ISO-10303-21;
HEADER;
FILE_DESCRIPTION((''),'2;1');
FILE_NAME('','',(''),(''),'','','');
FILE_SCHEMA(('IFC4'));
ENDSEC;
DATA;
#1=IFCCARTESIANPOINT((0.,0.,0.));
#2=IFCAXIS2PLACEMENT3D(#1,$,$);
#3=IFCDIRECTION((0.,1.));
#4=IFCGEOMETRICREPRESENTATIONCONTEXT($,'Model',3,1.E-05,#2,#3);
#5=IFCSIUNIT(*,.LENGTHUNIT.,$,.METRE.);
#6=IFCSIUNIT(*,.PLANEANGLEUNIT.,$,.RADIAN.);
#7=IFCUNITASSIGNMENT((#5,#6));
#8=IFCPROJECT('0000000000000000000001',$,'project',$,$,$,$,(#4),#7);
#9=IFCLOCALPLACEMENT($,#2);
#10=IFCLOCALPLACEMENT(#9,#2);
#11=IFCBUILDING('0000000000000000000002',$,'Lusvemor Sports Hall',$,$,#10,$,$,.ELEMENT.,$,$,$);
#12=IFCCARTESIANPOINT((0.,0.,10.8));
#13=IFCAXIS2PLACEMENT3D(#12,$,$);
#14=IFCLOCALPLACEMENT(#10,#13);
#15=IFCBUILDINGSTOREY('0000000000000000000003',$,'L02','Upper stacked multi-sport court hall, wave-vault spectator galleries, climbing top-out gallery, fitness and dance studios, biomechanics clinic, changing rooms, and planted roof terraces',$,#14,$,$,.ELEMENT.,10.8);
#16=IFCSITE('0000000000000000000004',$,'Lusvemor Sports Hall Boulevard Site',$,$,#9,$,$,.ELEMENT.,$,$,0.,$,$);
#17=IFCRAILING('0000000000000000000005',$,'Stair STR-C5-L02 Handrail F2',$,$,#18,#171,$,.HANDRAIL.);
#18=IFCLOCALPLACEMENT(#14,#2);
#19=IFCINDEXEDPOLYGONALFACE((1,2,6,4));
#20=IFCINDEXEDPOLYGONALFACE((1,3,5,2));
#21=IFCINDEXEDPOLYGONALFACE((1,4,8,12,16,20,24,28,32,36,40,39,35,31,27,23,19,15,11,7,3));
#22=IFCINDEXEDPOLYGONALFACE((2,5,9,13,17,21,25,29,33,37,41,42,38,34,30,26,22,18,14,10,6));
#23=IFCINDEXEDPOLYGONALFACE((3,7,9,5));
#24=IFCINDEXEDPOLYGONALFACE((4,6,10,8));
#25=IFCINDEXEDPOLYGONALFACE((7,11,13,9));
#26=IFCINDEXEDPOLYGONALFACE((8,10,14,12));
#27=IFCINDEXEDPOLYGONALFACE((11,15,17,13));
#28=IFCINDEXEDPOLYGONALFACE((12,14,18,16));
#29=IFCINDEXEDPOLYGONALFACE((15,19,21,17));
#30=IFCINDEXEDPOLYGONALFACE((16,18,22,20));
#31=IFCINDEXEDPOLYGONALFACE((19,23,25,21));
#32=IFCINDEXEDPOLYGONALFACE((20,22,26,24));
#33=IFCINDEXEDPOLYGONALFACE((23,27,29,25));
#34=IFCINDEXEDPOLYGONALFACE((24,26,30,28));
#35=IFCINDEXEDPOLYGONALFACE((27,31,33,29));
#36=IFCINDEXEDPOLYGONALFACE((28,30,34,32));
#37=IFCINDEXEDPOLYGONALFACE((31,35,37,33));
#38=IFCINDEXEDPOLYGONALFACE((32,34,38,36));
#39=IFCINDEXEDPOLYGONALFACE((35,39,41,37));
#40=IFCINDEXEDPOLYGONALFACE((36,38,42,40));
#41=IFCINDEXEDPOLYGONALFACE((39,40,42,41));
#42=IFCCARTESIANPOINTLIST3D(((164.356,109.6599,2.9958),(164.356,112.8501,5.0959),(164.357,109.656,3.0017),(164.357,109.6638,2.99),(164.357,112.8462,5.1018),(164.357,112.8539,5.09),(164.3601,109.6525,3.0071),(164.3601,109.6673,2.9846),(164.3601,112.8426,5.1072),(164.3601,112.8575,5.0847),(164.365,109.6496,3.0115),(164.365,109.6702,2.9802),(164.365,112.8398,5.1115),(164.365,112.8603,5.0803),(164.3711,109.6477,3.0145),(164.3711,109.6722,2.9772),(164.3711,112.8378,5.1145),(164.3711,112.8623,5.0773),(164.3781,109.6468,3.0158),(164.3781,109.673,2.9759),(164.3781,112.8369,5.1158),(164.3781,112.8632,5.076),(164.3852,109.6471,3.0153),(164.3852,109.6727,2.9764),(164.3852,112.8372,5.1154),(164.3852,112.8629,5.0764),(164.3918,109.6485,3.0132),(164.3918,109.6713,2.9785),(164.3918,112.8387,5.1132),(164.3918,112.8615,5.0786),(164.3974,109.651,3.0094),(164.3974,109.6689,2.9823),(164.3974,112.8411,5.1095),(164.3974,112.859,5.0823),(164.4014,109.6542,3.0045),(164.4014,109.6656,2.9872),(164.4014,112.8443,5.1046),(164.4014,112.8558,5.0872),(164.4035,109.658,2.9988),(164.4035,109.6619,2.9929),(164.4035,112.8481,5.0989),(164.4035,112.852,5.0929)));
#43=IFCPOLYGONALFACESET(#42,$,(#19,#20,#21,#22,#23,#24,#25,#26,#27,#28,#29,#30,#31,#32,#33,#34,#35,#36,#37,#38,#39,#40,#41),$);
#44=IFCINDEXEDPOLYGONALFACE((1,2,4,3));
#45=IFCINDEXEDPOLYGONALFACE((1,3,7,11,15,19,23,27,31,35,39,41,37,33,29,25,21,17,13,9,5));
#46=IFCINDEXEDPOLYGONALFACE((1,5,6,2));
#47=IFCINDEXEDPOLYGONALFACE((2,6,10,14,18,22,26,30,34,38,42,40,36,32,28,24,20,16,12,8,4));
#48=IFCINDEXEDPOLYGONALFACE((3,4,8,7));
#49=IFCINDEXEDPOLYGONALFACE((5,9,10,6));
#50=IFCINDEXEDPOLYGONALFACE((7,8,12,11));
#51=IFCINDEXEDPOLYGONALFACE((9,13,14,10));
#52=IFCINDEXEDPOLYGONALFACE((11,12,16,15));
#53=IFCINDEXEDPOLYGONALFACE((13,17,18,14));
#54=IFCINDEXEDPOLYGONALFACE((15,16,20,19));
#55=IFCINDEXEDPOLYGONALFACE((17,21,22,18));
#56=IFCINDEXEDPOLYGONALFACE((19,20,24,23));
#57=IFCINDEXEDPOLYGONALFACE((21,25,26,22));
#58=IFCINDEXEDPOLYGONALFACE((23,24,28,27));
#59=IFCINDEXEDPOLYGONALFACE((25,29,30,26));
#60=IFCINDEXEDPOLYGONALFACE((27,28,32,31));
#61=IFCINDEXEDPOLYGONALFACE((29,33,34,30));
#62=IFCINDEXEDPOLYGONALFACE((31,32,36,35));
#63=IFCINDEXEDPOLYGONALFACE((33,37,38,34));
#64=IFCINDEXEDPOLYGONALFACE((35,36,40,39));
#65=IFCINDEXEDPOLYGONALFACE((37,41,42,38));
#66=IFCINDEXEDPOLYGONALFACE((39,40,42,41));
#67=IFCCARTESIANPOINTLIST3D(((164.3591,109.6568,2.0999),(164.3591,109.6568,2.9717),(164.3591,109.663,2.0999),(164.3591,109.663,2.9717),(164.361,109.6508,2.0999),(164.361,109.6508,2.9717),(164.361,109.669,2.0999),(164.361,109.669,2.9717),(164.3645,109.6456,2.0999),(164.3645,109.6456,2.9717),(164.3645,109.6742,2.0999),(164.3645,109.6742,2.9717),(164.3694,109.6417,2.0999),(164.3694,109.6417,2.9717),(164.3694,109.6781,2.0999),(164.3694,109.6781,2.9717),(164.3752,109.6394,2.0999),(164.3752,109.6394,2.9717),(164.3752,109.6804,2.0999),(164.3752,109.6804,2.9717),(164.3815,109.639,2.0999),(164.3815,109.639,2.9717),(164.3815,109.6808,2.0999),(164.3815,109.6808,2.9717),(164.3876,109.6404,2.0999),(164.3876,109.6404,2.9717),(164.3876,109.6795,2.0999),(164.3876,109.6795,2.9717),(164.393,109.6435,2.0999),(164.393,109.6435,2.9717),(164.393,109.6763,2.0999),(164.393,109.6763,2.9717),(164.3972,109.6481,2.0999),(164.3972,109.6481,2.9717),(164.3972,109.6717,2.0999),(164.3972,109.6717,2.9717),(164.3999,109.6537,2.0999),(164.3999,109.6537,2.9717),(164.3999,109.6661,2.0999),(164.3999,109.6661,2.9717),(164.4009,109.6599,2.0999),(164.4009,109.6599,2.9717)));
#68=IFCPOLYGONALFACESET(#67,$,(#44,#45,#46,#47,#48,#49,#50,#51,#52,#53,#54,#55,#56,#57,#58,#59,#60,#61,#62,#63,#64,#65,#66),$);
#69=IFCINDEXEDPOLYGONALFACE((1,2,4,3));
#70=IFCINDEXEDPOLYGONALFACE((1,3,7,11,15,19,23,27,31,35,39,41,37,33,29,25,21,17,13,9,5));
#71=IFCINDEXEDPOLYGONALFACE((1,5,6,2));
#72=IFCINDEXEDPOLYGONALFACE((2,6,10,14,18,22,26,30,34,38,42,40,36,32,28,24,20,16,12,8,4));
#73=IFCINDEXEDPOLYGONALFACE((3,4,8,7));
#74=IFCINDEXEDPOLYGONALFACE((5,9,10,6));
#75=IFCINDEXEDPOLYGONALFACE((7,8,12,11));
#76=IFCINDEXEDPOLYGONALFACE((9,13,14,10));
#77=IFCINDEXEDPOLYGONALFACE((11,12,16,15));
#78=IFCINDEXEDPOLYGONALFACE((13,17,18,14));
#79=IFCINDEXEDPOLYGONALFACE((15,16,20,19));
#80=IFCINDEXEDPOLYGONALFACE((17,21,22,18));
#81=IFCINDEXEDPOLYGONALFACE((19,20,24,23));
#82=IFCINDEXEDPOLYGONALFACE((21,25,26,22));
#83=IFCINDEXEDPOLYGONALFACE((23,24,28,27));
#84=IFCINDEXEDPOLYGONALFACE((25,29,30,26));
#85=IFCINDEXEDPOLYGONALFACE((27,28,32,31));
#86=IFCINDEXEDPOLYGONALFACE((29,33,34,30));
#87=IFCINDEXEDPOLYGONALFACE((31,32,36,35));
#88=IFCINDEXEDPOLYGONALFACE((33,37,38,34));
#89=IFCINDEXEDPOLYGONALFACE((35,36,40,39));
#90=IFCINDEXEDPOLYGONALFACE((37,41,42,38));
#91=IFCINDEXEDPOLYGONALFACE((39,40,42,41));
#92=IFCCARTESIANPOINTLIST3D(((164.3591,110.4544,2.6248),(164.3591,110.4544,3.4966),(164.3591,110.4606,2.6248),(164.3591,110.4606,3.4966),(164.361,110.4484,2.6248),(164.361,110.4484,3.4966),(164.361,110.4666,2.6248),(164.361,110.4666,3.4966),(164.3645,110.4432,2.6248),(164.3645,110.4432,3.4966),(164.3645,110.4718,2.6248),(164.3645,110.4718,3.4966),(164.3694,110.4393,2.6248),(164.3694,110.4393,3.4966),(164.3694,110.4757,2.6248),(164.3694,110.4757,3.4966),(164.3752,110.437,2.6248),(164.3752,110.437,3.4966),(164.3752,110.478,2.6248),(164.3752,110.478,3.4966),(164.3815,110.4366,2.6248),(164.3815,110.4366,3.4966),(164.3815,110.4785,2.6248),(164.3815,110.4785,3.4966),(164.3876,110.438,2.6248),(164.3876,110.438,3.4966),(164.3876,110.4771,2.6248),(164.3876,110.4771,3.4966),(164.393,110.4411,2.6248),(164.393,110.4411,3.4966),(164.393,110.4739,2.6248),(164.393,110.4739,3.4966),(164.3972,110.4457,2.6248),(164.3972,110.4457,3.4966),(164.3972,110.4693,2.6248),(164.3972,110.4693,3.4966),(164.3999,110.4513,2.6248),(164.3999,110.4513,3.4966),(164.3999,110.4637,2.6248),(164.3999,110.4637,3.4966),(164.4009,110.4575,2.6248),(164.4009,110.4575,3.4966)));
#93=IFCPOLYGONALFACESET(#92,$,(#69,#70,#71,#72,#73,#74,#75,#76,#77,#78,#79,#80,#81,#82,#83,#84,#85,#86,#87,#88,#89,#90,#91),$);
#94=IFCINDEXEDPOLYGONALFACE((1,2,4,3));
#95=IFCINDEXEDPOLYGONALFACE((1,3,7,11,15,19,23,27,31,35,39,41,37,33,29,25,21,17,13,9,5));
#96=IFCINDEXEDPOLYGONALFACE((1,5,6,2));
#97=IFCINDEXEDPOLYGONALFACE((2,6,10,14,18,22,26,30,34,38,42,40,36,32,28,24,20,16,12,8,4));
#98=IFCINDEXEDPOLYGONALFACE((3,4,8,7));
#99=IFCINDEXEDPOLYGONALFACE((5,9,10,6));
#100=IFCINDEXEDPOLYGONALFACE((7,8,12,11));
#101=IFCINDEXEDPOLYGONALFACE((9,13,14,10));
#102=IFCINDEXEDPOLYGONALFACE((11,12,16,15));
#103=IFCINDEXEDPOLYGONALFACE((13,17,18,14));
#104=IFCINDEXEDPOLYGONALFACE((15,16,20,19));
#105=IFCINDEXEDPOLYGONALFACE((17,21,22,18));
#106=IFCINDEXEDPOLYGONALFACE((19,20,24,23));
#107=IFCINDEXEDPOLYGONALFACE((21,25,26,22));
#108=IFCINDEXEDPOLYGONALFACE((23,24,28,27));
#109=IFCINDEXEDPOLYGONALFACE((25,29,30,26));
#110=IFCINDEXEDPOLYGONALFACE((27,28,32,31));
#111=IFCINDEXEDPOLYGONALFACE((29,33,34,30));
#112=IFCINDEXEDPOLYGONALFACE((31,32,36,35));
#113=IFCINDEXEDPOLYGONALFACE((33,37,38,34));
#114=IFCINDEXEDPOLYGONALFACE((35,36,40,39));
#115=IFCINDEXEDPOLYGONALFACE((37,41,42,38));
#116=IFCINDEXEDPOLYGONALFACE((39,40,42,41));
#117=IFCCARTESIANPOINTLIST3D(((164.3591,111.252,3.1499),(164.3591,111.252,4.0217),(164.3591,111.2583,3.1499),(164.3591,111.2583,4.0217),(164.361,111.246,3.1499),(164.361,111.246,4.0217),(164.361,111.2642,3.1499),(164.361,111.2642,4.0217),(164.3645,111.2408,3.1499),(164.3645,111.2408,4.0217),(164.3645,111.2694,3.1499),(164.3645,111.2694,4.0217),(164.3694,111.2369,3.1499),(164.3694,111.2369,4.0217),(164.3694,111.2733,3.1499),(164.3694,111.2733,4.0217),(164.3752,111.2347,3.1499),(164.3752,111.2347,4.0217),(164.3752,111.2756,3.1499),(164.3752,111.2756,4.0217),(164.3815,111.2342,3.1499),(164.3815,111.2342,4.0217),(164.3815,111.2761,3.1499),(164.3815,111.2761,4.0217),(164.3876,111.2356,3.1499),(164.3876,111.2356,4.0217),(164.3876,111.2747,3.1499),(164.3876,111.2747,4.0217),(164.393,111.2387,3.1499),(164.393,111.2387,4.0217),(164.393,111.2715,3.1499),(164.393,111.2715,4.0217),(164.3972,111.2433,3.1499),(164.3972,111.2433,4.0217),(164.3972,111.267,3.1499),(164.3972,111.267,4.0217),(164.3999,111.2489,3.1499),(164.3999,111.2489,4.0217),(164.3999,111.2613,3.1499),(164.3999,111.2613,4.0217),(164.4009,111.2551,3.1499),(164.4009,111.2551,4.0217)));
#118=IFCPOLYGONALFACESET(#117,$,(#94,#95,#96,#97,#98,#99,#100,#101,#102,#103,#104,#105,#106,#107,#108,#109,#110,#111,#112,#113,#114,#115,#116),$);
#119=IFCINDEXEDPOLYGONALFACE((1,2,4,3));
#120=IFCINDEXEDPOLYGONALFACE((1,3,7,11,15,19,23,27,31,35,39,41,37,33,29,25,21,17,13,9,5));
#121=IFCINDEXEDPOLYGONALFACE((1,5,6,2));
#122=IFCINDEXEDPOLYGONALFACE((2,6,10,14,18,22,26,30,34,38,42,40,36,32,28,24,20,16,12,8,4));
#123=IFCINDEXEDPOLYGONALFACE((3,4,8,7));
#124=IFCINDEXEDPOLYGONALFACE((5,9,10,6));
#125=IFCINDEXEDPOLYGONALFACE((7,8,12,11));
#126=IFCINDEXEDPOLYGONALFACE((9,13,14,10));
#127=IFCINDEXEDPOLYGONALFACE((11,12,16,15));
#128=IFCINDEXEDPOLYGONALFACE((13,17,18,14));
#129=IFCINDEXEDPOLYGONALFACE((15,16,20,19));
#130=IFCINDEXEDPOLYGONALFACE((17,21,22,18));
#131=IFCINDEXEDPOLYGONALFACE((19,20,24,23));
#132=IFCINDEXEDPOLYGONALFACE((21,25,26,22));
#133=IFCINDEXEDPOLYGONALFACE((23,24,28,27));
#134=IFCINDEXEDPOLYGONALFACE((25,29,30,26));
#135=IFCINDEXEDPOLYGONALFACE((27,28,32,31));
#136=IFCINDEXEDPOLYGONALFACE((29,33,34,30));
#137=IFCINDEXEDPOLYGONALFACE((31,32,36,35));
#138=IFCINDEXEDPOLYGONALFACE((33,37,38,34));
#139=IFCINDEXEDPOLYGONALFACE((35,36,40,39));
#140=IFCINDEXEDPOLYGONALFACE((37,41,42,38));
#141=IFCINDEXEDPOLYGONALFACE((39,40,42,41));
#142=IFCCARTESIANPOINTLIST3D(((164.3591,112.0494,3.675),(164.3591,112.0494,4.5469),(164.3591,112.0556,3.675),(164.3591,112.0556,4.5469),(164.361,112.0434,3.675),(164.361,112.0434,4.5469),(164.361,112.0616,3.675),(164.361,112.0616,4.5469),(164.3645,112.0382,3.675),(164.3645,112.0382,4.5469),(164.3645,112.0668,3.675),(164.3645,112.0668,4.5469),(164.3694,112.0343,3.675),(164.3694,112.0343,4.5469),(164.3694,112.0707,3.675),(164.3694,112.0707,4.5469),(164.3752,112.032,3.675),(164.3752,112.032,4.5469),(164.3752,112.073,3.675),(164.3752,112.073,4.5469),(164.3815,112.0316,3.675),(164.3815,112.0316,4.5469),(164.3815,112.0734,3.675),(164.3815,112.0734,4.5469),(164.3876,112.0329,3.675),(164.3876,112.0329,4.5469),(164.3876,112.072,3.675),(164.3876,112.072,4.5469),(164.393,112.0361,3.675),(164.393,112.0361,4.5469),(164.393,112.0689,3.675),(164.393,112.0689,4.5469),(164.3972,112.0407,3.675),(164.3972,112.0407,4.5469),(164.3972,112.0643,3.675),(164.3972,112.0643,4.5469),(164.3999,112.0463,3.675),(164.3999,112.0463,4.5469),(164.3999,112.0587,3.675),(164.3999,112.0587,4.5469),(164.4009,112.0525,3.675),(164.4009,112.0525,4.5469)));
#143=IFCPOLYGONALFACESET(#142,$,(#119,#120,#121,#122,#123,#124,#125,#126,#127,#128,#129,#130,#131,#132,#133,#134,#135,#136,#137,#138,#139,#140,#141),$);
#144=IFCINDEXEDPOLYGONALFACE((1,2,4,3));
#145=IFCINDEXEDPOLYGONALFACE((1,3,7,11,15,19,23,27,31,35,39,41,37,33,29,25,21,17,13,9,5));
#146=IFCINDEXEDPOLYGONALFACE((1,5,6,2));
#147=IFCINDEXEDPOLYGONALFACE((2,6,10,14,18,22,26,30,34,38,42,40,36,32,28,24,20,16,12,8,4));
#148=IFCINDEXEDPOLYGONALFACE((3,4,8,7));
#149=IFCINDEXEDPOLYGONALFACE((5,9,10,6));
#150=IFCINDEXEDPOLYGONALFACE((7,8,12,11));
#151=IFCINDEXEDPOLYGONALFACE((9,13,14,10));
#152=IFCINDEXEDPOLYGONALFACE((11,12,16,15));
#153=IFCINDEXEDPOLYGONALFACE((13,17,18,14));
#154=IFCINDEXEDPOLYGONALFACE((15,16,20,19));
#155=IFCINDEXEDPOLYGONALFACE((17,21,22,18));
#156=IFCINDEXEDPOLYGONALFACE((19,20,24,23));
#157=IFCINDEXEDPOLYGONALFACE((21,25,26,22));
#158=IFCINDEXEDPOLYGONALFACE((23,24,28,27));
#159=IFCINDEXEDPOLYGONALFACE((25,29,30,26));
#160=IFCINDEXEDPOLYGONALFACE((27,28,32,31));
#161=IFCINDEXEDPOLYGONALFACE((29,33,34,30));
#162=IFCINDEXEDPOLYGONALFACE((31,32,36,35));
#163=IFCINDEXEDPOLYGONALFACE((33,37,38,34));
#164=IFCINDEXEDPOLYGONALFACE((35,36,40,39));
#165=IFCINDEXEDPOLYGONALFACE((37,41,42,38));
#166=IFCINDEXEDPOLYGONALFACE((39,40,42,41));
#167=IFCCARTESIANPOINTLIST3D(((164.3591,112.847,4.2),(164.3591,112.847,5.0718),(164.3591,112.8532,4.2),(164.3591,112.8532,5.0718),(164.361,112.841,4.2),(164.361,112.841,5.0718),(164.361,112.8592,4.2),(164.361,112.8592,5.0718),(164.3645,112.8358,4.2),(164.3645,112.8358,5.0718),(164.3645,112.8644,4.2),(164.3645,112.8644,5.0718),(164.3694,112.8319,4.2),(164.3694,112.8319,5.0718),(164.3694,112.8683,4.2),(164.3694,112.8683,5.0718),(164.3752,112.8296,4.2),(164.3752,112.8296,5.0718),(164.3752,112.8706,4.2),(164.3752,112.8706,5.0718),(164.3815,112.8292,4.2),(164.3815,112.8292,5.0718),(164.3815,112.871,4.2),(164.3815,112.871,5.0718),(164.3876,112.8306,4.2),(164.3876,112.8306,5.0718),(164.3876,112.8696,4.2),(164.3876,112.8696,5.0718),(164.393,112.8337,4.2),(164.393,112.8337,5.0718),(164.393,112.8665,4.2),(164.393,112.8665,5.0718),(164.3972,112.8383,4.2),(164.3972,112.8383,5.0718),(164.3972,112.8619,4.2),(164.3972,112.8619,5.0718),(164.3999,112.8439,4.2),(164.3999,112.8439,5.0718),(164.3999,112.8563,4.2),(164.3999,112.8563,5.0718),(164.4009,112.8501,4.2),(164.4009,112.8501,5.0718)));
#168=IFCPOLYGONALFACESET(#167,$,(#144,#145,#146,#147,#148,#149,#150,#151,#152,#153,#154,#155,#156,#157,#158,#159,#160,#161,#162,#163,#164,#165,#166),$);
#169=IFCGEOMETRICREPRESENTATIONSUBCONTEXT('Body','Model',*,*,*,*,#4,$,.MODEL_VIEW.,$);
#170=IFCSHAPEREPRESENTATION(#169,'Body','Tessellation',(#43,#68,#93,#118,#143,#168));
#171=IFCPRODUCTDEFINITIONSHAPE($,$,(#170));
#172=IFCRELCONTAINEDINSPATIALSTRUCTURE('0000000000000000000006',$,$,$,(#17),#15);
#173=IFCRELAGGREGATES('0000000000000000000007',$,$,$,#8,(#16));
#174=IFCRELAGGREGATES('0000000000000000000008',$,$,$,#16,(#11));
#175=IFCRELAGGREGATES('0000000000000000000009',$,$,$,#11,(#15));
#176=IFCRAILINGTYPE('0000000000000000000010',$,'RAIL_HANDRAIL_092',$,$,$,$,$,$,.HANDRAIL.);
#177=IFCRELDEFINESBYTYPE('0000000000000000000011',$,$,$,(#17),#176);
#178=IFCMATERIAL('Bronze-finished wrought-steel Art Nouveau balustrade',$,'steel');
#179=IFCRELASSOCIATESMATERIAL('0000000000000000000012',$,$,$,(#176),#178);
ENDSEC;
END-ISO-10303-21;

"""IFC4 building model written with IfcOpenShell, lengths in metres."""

from ifc_helpers import new_model, si_unit, direction, frame, origin, origin_2d, place, context, subcontext, project, spatial, circle, extrude, material, type_object, element, save


model = new_model("IFC4")

# Units and contexts
model_context = context("Model", 3, precision=1e-05, world=origin(), true_north=direction((0.0, 1.0)))
body_context = subcontext(model_context, "Body", "Model", "MODEL_VIEW")
ifc_project = project(units=[si_unit("LENGTHUNIT", "METRE"), si_unit("PLANEANGLEUNIT", "RADIAN")], contexts=[model_context])

# Site, building, storey
site_placement = place(None, origin())
site = spatial("IfcSite", under=ifc_project, at=site_placement, Name="Lusvemor Sports Hall Boulevard Site", CompositionType="ELEMENT", RefElevation=0.0)
building_placement = place(site_placement, origin())
building = spatial("IfcBuilding", under=site, at=building_placement, Name="Lusvemor Sports Hall", CompositionType="ELEMENT")
storey_placement = place(building_placement, frame((0.0, 0.0, 10.8)))
storey = spatial("IfcBuildingStorey", under=building, at=storey_placement, Name="L02", Description="Upper stacked multi-sport court hall, wave-vault spectator galleries, climbing top-out gallery, fitness and dance studios, biomechanics clinic, changing rooms, and planted roof terraces", CompositionType="ELEMENT", Elevation=10.8)

# Railing
ifc_material_1 = material(Name="Bronze-finished wrought-steel Art Nouveau balustrade", Category="steel")
railing_type_1 = type_object("IfcRailingType", Name="RAIL_HANDRAIL_092", PredefinedType="HANDRAIL", material=ifc_material_1)
railing_1_placement = place(storey_placement, frame((164.3799, 109.6599, 2.0999)))
element("IfcRailing", 1, at=railing_1_placement, inside=storey, type_object=railing_type_1, Name="Stair STR-C5-L02 Handrail F2", PredefinedType="HANDRAIL", context=body_context, shape_type="SweptSolid", body=[
    extrude(circle(Radius=0.0239, at=origin_2d()), frame((0.0, 0.0, 0.896), z_axis=(0.0, 0.835262, 0.549852), x_axis=(-1.0, 0.0, 0.0)), (0.0, 0.0, 1.0), 3.8193),
    extrude(circle(Radius=0.021, at=origin_2d()), origin(), (0.0, 0.0, 1.0), 0.8718),
    extrude(circle(Radius=0.021, at=origin_2d()), frame((0.0, 0.7976, 0.5249)), (0.0, 0.0, 1.0), 0.8718),
    extrude(circle(Radius=0.021, at=origin_2d()), frame((0.0, 1.5952, 1.05)), (0.0, 0.0, 1.0), 0.8718),
    extrude(circle(Radius=0.021, at=origin_2d()), frame((0.0, 2.3926, 1.5752)), (0.0, 0.0, 1.0), 0.8718),
    extrude(circle(Radius=0.021, at=origin_2d()), frame((0.0, 3.1902, 2.1001)), (0.0, 0.0, 1.0), 0.8718),
])

save(model, "model.ifc")
